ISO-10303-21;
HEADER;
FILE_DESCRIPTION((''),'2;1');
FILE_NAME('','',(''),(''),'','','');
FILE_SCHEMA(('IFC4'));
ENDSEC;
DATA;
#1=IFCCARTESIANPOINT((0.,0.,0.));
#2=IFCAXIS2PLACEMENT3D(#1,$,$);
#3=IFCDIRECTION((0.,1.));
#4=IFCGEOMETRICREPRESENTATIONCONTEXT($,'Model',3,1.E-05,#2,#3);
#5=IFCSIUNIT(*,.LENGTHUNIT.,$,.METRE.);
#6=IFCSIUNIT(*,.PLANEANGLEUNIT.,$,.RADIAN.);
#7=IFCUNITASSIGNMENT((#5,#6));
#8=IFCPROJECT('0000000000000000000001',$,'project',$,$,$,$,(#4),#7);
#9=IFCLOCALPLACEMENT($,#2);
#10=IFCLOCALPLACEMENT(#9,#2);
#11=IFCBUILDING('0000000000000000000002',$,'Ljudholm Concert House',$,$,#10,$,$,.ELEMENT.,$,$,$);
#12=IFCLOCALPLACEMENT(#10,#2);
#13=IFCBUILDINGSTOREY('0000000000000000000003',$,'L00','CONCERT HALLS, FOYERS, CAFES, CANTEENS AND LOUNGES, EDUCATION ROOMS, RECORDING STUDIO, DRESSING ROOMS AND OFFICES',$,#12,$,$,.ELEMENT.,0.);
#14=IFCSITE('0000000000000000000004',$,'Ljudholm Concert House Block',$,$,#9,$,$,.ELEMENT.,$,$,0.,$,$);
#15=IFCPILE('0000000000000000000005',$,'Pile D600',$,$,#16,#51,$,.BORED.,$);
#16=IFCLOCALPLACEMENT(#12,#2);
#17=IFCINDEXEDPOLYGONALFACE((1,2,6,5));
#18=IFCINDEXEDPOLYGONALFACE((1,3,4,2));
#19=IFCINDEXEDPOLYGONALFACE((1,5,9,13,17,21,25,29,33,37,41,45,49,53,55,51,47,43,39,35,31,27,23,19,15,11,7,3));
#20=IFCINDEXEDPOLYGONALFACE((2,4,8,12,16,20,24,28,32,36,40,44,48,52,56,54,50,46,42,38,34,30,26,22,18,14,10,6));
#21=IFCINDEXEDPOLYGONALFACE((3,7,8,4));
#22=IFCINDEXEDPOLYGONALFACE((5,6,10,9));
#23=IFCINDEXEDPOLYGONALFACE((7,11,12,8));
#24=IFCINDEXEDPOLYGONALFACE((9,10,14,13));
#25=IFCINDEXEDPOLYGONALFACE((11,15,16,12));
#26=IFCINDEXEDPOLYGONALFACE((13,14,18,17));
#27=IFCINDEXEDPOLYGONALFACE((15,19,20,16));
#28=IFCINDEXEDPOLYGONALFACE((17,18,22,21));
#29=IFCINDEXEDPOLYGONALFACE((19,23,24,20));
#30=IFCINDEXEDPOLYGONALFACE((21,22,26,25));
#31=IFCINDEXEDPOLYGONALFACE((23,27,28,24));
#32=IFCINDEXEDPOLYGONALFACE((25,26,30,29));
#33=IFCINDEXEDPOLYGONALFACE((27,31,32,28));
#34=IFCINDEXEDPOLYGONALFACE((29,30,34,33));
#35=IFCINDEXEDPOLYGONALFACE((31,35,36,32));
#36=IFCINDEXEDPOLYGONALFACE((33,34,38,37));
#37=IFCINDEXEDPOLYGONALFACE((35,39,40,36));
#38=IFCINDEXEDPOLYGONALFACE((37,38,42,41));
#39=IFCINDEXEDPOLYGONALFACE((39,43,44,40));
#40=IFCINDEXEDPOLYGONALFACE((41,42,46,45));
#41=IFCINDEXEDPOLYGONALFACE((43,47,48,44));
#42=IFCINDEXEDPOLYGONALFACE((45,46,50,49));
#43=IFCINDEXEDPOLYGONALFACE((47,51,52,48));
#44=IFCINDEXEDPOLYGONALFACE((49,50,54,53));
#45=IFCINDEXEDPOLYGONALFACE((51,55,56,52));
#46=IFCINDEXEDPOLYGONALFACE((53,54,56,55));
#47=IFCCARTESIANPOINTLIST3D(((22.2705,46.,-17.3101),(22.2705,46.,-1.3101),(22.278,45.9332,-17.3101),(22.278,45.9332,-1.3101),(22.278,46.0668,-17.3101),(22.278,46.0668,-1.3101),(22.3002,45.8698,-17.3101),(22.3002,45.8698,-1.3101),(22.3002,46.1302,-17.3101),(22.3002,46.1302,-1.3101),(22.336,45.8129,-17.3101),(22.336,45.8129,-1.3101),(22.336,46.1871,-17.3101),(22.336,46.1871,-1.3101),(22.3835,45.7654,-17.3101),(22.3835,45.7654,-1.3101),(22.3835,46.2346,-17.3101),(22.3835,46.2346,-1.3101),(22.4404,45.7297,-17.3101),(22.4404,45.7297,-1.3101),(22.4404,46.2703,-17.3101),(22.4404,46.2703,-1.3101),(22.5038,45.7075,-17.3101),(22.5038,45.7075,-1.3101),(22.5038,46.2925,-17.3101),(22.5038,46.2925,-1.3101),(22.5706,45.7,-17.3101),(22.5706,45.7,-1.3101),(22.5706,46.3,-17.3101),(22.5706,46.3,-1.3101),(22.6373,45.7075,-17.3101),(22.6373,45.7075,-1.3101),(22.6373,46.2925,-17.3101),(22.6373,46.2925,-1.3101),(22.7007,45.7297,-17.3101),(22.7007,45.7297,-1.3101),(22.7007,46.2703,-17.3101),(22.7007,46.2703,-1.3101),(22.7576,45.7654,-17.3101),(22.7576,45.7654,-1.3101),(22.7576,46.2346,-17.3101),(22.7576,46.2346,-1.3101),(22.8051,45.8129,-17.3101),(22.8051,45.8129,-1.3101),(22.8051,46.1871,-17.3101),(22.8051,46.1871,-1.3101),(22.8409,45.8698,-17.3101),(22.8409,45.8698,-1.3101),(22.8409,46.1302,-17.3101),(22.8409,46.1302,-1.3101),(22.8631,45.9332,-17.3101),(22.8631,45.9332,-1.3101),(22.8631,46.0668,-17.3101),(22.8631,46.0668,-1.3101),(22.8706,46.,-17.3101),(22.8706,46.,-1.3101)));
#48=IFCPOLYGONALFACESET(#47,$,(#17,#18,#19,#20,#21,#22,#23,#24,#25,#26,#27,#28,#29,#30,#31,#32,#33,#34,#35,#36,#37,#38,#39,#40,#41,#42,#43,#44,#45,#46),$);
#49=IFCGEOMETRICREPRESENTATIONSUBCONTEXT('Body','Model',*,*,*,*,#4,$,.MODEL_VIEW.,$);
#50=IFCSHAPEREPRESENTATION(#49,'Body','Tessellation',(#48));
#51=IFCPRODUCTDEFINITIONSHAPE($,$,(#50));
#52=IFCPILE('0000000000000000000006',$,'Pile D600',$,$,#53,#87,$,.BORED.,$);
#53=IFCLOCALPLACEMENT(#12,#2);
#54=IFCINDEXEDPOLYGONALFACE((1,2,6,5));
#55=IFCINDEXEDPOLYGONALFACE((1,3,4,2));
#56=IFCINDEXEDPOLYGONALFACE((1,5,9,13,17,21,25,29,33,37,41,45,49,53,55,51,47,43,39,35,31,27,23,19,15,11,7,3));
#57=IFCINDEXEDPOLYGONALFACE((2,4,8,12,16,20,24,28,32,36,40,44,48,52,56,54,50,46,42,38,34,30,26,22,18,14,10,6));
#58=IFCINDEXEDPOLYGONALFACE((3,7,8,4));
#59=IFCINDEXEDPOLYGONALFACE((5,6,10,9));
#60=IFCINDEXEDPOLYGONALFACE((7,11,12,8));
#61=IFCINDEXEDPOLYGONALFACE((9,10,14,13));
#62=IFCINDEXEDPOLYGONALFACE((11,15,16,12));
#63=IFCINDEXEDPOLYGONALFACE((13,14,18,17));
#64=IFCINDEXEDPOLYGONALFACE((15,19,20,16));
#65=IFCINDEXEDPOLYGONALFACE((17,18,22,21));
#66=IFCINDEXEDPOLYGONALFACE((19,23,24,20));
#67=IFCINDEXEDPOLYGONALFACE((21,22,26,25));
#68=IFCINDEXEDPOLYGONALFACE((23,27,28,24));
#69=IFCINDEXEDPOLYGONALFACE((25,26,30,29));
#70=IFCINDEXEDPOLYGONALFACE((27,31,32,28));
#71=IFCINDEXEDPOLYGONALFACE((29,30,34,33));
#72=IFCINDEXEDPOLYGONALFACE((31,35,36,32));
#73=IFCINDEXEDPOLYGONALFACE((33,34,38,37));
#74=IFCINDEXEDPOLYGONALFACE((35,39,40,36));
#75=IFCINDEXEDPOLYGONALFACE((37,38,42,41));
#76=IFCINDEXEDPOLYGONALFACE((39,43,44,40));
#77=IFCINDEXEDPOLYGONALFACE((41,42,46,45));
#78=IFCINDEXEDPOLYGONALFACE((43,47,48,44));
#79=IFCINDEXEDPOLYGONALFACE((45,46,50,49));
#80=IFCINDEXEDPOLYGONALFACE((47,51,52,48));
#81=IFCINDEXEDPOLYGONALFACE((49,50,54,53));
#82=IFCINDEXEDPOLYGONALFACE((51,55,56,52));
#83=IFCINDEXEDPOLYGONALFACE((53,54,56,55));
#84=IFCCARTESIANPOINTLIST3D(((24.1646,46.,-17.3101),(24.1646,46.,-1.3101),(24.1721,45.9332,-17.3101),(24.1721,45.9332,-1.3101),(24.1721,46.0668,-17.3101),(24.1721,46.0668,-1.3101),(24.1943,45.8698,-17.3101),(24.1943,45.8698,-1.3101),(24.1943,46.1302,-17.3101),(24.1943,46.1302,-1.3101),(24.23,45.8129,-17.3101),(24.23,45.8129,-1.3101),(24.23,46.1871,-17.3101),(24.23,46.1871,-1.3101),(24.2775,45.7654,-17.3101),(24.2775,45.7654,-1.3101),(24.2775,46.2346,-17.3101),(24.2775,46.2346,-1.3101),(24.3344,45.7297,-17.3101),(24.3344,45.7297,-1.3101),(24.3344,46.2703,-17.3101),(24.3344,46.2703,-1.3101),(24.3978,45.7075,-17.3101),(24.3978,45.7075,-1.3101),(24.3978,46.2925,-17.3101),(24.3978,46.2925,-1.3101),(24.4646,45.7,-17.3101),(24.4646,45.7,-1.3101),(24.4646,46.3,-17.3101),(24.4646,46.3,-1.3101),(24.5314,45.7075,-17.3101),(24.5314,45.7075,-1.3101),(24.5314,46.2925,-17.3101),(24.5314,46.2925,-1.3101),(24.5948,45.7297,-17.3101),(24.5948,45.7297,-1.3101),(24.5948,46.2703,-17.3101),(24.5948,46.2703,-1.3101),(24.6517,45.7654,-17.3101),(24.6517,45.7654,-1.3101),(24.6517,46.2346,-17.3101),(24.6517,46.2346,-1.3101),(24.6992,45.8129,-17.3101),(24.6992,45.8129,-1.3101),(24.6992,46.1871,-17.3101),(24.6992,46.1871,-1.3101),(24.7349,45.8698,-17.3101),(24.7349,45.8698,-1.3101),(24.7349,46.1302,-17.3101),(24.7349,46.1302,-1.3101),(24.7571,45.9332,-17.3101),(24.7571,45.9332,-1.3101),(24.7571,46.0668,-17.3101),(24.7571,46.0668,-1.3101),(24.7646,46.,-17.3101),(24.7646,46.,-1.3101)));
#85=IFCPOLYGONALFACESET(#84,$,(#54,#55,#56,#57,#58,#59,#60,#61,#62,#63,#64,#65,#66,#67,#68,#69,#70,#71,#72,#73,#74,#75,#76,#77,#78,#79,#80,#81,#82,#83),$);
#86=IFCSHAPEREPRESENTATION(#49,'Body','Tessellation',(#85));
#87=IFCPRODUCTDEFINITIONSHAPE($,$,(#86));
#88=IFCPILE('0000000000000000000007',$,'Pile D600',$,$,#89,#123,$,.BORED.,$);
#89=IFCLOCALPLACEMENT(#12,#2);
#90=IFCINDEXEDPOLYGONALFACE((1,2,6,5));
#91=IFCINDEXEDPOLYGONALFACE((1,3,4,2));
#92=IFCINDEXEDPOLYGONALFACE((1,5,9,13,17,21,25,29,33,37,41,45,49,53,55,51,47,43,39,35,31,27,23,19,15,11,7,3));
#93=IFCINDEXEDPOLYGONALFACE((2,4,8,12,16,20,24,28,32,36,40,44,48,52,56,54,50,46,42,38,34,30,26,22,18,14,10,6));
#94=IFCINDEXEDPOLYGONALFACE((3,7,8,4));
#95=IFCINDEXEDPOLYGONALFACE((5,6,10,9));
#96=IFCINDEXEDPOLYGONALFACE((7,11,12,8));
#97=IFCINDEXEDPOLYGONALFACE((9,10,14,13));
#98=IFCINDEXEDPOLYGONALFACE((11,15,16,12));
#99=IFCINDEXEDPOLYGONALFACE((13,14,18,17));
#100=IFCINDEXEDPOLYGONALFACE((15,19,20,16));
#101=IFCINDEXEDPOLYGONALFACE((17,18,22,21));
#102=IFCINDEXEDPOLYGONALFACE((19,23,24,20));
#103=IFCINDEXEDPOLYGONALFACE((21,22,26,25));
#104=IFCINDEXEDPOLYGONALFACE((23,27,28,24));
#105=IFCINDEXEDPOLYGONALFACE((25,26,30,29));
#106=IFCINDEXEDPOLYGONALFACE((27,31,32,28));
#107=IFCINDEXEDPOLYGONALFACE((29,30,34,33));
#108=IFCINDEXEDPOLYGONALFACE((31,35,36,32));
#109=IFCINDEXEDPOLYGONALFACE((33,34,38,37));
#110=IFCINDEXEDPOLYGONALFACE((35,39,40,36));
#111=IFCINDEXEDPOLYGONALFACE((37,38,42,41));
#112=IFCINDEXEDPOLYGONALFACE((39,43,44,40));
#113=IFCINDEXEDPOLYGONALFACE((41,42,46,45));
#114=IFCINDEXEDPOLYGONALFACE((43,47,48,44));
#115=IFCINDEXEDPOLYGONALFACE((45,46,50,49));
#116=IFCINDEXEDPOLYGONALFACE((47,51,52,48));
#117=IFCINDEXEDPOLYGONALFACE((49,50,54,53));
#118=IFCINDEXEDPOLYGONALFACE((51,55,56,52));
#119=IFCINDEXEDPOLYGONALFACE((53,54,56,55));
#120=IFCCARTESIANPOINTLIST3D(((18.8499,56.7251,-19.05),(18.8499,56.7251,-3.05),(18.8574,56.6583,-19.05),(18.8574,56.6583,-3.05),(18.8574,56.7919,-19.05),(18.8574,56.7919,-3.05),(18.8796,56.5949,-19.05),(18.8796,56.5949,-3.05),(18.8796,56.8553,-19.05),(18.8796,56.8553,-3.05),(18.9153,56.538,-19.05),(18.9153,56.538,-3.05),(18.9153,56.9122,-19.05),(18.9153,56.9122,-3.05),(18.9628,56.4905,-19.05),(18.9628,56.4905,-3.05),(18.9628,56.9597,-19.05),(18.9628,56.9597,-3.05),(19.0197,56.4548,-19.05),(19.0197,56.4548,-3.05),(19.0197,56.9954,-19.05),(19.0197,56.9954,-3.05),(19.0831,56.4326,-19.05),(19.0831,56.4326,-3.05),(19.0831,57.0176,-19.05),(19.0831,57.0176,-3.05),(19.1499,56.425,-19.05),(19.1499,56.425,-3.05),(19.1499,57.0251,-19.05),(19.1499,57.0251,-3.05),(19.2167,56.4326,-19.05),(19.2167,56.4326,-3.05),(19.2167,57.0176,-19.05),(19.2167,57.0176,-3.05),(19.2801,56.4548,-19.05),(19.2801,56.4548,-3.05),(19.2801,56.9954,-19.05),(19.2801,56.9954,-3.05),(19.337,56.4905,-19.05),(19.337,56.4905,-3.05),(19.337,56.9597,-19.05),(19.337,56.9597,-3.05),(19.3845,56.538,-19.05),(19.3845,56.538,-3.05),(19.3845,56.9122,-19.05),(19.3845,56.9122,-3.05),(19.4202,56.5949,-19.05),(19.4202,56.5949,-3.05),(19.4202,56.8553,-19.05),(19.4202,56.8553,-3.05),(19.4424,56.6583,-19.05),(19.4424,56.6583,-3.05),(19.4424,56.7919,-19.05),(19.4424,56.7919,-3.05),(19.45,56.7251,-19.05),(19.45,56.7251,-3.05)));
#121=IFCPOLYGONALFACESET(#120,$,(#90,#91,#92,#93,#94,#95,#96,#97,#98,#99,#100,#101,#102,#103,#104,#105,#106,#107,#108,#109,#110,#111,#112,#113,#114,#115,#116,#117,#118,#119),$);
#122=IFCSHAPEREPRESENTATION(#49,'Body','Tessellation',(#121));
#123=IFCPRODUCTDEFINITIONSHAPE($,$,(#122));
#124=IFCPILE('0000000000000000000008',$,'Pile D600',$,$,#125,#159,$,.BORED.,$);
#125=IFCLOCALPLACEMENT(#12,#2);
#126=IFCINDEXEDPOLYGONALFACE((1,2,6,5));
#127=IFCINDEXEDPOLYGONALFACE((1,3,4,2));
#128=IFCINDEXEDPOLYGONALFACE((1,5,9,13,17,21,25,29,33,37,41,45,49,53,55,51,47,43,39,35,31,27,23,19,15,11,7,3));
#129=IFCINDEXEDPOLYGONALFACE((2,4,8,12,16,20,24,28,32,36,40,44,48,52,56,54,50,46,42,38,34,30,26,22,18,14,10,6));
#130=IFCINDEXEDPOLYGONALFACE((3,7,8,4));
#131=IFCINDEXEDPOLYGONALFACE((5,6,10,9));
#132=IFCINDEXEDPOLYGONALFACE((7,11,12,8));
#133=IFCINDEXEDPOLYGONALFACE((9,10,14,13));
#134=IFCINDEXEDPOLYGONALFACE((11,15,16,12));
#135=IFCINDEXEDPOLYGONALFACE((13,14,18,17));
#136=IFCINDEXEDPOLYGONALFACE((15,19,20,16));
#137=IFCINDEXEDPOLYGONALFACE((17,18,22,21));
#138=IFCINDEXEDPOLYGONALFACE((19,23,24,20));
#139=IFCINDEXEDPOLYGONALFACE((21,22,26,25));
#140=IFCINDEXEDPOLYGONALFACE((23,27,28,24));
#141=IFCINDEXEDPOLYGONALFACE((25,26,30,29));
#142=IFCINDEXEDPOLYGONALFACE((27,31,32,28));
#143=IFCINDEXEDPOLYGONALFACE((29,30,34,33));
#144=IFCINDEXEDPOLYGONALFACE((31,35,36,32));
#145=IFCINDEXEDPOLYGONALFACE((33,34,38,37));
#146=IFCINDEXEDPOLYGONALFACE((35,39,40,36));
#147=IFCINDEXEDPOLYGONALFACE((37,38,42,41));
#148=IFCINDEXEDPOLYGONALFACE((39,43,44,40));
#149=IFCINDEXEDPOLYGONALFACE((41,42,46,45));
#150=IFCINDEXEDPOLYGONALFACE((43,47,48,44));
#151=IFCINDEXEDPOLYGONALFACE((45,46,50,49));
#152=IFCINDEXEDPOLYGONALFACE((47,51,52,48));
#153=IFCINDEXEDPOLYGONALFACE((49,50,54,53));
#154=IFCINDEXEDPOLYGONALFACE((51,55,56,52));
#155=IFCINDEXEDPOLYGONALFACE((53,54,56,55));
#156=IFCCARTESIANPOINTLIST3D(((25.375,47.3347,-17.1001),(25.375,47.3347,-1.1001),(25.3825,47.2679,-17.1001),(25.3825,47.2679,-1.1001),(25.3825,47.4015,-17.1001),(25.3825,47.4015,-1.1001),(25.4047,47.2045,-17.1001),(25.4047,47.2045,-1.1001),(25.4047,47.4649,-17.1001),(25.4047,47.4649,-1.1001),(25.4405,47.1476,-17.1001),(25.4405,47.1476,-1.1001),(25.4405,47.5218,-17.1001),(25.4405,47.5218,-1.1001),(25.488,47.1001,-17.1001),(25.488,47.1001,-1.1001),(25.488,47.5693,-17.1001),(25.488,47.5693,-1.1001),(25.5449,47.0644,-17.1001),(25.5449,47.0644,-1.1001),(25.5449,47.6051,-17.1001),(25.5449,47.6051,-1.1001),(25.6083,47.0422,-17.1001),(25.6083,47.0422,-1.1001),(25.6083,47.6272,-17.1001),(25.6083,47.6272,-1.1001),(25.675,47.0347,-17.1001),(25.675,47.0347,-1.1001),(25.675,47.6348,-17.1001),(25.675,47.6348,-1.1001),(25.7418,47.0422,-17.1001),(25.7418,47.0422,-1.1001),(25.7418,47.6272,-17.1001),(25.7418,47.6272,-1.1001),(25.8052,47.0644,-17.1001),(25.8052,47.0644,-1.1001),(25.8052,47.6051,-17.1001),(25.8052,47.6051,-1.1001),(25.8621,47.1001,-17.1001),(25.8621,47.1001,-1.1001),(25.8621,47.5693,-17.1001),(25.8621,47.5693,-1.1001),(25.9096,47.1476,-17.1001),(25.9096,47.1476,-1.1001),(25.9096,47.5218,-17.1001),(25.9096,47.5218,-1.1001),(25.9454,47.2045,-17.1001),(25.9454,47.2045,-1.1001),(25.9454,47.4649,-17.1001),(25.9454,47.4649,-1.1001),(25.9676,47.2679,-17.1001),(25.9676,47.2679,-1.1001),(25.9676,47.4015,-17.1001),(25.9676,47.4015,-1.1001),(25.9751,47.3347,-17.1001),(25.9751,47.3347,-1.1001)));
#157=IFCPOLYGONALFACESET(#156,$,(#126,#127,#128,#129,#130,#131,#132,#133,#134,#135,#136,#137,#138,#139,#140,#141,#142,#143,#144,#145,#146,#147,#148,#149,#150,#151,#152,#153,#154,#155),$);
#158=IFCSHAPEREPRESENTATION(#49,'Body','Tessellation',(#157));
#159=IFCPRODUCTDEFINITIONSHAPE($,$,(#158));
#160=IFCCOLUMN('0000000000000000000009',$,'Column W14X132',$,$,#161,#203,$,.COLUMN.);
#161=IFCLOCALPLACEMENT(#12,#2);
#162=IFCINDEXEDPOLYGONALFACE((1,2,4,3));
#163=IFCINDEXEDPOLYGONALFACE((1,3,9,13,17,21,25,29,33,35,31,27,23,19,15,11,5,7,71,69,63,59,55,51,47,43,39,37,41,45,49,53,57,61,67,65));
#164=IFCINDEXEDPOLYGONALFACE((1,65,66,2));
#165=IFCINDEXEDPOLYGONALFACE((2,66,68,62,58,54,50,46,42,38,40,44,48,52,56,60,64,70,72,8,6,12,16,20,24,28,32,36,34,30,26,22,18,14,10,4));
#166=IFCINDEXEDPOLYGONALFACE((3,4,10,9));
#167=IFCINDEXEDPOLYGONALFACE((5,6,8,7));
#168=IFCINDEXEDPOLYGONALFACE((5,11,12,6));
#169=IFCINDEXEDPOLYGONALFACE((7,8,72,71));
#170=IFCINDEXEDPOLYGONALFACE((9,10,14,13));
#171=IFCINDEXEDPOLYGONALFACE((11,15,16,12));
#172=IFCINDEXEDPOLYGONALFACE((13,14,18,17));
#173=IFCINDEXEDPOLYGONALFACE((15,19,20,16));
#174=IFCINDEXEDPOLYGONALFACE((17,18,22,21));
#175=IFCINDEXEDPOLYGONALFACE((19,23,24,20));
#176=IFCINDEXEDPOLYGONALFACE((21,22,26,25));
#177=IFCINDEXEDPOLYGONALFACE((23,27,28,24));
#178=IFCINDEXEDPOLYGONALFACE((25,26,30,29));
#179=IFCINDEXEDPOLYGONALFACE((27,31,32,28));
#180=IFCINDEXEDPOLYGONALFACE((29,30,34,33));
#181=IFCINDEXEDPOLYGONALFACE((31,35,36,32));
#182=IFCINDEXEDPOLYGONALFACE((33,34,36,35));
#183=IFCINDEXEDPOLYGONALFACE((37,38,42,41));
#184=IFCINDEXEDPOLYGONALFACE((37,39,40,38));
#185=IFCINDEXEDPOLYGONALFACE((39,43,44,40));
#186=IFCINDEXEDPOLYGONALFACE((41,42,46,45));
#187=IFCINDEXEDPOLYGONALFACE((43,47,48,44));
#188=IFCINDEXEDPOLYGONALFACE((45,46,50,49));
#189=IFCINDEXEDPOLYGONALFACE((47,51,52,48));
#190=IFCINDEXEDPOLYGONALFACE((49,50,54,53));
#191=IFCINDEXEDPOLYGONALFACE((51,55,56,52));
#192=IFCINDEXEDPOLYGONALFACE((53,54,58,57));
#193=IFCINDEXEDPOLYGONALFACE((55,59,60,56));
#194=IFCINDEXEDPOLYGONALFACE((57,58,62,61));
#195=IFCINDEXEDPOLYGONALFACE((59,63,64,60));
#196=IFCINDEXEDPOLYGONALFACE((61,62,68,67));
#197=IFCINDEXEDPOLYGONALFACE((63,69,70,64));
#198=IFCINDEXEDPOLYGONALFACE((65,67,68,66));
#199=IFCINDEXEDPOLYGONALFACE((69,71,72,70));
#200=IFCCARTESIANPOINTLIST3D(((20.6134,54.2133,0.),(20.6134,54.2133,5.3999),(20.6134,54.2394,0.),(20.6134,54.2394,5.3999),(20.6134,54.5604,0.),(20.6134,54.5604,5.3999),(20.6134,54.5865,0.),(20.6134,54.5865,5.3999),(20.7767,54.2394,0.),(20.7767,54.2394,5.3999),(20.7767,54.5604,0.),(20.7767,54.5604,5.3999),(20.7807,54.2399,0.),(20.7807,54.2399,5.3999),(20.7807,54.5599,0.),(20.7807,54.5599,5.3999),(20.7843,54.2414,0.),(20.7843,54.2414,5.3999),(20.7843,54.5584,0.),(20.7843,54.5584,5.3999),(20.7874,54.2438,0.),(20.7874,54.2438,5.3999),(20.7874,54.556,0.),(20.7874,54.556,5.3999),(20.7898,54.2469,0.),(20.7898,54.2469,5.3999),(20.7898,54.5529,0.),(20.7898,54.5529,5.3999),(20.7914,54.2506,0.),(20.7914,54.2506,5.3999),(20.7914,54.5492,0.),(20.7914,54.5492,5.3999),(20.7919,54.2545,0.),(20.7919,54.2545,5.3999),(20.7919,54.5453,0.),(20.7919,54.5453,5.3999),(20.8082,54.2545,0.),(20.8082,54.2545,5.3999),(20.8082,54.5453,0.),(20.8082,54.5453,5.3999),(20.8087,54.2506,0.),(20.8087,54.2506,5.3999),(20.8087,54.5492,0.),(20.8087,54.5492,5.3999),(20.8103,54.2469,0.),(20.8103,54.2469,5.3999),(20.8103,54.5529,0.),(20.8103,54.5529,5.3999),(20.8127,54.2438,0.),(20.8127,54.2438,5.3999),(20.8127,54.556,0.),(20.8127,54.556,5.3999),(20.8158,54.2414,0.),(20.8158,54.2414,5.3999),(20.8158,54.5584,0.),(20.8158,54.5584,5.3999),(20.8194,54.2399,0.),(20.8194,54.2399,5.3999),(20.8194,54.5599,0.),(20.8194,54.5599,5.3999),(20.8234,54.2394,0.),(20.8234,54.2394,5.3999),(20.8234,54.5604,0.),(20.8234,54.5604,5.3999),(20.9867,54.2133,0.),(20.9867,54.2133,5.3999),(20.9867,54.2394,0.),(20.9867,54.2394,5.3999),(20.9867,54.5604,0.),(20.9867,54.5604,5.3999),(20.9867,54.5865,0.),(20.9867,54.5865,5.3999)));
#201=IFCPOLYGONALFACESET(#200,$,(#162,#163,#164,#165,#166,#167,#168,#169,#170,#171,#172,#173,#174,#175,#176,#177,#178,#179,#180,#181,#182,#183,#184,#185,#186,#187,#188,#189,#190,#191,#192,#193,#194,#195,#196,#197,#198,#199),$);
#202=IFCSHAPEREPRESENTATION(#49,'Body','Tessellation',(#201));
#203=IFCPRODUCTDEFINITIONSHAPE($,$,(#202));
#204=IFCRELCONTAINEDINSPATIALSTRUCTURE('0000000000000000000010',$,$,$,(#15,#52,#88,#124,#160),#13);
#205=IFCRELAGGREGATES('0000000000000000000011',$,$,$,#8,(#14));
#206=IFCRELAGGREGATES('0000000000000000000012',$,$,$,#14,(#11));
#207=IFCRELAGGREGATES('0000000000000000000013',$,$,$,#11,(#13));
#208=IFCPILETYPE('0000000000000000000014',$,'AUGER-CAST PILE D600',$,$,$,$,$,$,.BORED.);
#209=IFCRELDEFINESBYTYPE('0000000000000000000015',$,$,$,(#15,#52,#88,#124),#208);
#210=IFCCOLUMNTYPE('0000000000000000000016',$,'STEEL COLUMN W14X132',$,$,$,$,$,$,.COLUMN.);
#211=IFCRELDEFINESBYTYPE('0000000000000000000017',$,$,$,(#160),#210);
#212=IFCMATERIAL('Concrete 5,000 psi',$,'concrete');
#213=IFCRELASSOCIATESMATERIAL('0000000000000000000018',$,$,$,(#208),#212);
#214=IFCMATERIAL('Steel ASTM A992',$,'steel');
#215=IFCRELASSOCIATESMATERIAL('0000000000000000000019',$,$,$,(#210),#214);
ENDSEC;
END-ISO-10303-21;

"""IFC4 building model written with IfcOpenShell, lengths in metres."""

from ifc_helpers import new_model, si_unit, direction, frame, origin, origin_2d, place, context, subcontext, project, spatial, circle, i_section, extrude, material, material_profile, profile_set, type_object, element, save


model = new_model("IFC4")

# Units and contexts
model_context = context("Model", 3, precision=1e-05, world=origin(), true_north=direction((0.0, 1.0)))
body_context = subcontext(model_context, "Body", "Model", "MODEL_VIEW")
ifc_project = project(units=[si_unit("LENGTHUNIT", "METRE"), si_unit("PLANEANGLEUNIT", "RADIAN")], contexts=[model_context])

# Site, building, storey
site_placement = place(None, origin())
site = spatial("IfcSite", under=ifc_project, at=site_placement, Name="Ljudholm Concert House Block", CompositionType="ELEMENT", RefElevation=0.0)
building_placement = place(site_placement, origin())
building = spatial("IfcBuilding", under=site, at=building_placement, Name="Ljudholm Concert House", CompositionType="ELEMENT")
storey_placement = place(building_placement, origin())
storey = spatial("IfcBuildingStorey", under=building, at=storey_placement, Name="L00", Description="CONCERT HALLS, FOYERS, CAFES, CANTEENS AND LOUNGES, EDUCATION ROOMS, RECORDING STUDIO, DRESSING ROOMS AND OFFICES", CompositionType="ELEMENT", Elevation=0.0)

# Piles
ifc_material_1 = material(Name="Concrete 5,000 psi", Category="concrete")
ifc_material_profile_1 = material_profile(ifc_material_1, circle(Radius=0.3, at=origin_2d()), Name="AUGER-CAST PILE D600")
ifc_profile_set_1 = profile_set([ifc_material_profile_1], Name="Concrete 5,000 psi")
pile_type = type_object("IfcPileType", Name="AUGER-CAST PILE D600", PredefinedType="BORED", material=ifc_profile_set_1)
for number, where, z_axis, x_axis, name in (
    (1, (22.5706, 46.0, -1.3101), (0.0, 0.0, -1.0), (1.0, 0.0, 0.0), "Pile D600"),
    (2, (24.4646, 46.0, -1.3101), (0.0, 0.0, -1.0), (1.0, 0.0, 0.0), "Pile D600"),
    (3, (19.1499, 56.7251, -3.05), (0.0, 0.0, -1.0), (1.0, 0.0, 0.0), "Pile D600"),
    (4, (25.675, 47.3347, -1.1001), (0.0, 0.0, -1.0), (1.0, 0.0, 0.0), "Pile D600"),
):
    element("IfcPile", number, at=place(storey_placement, frame(where, z_axis=z_axis, x_axis=x_axis)), inside=storey, type_object=pile_type, Name=name, PredefinedType="BORED", context=body_context, shape_type="SweptSolid", body=[
        extrude(circle(Radius=0.3, at=origin_2d()), origin(), (0.0, 0.0, 1.0), 16.0),
    ])

# Column
ifc_material_2 = material(Name="Steel ASTM A992", Category="steel")
ifc_material_profile_2 = material_profile(ifc_material_2, i_section(OverallWidth=0.3733, OverallDepth=0.3733, WebThickness=0.0164, FlangeThickness=0.0261, FilletRadius=0.0151, at=origin_2d()), Name="W14X132")
ifc_profile_set_2 = profile_set([ifc_material_profile_2], Name="Steel ASTM A992")
column_type = type_object("IfcColumnType", Name="STEEL COLUMN W14X132", PredefinedType="COLUMN", material=ifc_profile_set_2)
column_placement = place(storey_placement, frame((20.8, 54.3999, 0.0), z_axis=(0.0, 0.0, 1.0), x_axis=(1.0, 0.0, 0.0)))
element("IfcColumn", 5, at=column_placement, inside=storey, type_object=column_type, Name="Column W14X132", PredefinedType="COLUMN", context=body_context, shape_type="SweptSolid", body=[
    extrude(i_section(OverallWidth=0.3733, OverallDepth=0.3733, WebThickness=0.0164, FlangeThickness=0.0261, FilletRadius=0.0151, at=origin_2d()), origin(), (0.0, 0.0, 1.0), 5.3999),
])

save(model, "model.ifc")
